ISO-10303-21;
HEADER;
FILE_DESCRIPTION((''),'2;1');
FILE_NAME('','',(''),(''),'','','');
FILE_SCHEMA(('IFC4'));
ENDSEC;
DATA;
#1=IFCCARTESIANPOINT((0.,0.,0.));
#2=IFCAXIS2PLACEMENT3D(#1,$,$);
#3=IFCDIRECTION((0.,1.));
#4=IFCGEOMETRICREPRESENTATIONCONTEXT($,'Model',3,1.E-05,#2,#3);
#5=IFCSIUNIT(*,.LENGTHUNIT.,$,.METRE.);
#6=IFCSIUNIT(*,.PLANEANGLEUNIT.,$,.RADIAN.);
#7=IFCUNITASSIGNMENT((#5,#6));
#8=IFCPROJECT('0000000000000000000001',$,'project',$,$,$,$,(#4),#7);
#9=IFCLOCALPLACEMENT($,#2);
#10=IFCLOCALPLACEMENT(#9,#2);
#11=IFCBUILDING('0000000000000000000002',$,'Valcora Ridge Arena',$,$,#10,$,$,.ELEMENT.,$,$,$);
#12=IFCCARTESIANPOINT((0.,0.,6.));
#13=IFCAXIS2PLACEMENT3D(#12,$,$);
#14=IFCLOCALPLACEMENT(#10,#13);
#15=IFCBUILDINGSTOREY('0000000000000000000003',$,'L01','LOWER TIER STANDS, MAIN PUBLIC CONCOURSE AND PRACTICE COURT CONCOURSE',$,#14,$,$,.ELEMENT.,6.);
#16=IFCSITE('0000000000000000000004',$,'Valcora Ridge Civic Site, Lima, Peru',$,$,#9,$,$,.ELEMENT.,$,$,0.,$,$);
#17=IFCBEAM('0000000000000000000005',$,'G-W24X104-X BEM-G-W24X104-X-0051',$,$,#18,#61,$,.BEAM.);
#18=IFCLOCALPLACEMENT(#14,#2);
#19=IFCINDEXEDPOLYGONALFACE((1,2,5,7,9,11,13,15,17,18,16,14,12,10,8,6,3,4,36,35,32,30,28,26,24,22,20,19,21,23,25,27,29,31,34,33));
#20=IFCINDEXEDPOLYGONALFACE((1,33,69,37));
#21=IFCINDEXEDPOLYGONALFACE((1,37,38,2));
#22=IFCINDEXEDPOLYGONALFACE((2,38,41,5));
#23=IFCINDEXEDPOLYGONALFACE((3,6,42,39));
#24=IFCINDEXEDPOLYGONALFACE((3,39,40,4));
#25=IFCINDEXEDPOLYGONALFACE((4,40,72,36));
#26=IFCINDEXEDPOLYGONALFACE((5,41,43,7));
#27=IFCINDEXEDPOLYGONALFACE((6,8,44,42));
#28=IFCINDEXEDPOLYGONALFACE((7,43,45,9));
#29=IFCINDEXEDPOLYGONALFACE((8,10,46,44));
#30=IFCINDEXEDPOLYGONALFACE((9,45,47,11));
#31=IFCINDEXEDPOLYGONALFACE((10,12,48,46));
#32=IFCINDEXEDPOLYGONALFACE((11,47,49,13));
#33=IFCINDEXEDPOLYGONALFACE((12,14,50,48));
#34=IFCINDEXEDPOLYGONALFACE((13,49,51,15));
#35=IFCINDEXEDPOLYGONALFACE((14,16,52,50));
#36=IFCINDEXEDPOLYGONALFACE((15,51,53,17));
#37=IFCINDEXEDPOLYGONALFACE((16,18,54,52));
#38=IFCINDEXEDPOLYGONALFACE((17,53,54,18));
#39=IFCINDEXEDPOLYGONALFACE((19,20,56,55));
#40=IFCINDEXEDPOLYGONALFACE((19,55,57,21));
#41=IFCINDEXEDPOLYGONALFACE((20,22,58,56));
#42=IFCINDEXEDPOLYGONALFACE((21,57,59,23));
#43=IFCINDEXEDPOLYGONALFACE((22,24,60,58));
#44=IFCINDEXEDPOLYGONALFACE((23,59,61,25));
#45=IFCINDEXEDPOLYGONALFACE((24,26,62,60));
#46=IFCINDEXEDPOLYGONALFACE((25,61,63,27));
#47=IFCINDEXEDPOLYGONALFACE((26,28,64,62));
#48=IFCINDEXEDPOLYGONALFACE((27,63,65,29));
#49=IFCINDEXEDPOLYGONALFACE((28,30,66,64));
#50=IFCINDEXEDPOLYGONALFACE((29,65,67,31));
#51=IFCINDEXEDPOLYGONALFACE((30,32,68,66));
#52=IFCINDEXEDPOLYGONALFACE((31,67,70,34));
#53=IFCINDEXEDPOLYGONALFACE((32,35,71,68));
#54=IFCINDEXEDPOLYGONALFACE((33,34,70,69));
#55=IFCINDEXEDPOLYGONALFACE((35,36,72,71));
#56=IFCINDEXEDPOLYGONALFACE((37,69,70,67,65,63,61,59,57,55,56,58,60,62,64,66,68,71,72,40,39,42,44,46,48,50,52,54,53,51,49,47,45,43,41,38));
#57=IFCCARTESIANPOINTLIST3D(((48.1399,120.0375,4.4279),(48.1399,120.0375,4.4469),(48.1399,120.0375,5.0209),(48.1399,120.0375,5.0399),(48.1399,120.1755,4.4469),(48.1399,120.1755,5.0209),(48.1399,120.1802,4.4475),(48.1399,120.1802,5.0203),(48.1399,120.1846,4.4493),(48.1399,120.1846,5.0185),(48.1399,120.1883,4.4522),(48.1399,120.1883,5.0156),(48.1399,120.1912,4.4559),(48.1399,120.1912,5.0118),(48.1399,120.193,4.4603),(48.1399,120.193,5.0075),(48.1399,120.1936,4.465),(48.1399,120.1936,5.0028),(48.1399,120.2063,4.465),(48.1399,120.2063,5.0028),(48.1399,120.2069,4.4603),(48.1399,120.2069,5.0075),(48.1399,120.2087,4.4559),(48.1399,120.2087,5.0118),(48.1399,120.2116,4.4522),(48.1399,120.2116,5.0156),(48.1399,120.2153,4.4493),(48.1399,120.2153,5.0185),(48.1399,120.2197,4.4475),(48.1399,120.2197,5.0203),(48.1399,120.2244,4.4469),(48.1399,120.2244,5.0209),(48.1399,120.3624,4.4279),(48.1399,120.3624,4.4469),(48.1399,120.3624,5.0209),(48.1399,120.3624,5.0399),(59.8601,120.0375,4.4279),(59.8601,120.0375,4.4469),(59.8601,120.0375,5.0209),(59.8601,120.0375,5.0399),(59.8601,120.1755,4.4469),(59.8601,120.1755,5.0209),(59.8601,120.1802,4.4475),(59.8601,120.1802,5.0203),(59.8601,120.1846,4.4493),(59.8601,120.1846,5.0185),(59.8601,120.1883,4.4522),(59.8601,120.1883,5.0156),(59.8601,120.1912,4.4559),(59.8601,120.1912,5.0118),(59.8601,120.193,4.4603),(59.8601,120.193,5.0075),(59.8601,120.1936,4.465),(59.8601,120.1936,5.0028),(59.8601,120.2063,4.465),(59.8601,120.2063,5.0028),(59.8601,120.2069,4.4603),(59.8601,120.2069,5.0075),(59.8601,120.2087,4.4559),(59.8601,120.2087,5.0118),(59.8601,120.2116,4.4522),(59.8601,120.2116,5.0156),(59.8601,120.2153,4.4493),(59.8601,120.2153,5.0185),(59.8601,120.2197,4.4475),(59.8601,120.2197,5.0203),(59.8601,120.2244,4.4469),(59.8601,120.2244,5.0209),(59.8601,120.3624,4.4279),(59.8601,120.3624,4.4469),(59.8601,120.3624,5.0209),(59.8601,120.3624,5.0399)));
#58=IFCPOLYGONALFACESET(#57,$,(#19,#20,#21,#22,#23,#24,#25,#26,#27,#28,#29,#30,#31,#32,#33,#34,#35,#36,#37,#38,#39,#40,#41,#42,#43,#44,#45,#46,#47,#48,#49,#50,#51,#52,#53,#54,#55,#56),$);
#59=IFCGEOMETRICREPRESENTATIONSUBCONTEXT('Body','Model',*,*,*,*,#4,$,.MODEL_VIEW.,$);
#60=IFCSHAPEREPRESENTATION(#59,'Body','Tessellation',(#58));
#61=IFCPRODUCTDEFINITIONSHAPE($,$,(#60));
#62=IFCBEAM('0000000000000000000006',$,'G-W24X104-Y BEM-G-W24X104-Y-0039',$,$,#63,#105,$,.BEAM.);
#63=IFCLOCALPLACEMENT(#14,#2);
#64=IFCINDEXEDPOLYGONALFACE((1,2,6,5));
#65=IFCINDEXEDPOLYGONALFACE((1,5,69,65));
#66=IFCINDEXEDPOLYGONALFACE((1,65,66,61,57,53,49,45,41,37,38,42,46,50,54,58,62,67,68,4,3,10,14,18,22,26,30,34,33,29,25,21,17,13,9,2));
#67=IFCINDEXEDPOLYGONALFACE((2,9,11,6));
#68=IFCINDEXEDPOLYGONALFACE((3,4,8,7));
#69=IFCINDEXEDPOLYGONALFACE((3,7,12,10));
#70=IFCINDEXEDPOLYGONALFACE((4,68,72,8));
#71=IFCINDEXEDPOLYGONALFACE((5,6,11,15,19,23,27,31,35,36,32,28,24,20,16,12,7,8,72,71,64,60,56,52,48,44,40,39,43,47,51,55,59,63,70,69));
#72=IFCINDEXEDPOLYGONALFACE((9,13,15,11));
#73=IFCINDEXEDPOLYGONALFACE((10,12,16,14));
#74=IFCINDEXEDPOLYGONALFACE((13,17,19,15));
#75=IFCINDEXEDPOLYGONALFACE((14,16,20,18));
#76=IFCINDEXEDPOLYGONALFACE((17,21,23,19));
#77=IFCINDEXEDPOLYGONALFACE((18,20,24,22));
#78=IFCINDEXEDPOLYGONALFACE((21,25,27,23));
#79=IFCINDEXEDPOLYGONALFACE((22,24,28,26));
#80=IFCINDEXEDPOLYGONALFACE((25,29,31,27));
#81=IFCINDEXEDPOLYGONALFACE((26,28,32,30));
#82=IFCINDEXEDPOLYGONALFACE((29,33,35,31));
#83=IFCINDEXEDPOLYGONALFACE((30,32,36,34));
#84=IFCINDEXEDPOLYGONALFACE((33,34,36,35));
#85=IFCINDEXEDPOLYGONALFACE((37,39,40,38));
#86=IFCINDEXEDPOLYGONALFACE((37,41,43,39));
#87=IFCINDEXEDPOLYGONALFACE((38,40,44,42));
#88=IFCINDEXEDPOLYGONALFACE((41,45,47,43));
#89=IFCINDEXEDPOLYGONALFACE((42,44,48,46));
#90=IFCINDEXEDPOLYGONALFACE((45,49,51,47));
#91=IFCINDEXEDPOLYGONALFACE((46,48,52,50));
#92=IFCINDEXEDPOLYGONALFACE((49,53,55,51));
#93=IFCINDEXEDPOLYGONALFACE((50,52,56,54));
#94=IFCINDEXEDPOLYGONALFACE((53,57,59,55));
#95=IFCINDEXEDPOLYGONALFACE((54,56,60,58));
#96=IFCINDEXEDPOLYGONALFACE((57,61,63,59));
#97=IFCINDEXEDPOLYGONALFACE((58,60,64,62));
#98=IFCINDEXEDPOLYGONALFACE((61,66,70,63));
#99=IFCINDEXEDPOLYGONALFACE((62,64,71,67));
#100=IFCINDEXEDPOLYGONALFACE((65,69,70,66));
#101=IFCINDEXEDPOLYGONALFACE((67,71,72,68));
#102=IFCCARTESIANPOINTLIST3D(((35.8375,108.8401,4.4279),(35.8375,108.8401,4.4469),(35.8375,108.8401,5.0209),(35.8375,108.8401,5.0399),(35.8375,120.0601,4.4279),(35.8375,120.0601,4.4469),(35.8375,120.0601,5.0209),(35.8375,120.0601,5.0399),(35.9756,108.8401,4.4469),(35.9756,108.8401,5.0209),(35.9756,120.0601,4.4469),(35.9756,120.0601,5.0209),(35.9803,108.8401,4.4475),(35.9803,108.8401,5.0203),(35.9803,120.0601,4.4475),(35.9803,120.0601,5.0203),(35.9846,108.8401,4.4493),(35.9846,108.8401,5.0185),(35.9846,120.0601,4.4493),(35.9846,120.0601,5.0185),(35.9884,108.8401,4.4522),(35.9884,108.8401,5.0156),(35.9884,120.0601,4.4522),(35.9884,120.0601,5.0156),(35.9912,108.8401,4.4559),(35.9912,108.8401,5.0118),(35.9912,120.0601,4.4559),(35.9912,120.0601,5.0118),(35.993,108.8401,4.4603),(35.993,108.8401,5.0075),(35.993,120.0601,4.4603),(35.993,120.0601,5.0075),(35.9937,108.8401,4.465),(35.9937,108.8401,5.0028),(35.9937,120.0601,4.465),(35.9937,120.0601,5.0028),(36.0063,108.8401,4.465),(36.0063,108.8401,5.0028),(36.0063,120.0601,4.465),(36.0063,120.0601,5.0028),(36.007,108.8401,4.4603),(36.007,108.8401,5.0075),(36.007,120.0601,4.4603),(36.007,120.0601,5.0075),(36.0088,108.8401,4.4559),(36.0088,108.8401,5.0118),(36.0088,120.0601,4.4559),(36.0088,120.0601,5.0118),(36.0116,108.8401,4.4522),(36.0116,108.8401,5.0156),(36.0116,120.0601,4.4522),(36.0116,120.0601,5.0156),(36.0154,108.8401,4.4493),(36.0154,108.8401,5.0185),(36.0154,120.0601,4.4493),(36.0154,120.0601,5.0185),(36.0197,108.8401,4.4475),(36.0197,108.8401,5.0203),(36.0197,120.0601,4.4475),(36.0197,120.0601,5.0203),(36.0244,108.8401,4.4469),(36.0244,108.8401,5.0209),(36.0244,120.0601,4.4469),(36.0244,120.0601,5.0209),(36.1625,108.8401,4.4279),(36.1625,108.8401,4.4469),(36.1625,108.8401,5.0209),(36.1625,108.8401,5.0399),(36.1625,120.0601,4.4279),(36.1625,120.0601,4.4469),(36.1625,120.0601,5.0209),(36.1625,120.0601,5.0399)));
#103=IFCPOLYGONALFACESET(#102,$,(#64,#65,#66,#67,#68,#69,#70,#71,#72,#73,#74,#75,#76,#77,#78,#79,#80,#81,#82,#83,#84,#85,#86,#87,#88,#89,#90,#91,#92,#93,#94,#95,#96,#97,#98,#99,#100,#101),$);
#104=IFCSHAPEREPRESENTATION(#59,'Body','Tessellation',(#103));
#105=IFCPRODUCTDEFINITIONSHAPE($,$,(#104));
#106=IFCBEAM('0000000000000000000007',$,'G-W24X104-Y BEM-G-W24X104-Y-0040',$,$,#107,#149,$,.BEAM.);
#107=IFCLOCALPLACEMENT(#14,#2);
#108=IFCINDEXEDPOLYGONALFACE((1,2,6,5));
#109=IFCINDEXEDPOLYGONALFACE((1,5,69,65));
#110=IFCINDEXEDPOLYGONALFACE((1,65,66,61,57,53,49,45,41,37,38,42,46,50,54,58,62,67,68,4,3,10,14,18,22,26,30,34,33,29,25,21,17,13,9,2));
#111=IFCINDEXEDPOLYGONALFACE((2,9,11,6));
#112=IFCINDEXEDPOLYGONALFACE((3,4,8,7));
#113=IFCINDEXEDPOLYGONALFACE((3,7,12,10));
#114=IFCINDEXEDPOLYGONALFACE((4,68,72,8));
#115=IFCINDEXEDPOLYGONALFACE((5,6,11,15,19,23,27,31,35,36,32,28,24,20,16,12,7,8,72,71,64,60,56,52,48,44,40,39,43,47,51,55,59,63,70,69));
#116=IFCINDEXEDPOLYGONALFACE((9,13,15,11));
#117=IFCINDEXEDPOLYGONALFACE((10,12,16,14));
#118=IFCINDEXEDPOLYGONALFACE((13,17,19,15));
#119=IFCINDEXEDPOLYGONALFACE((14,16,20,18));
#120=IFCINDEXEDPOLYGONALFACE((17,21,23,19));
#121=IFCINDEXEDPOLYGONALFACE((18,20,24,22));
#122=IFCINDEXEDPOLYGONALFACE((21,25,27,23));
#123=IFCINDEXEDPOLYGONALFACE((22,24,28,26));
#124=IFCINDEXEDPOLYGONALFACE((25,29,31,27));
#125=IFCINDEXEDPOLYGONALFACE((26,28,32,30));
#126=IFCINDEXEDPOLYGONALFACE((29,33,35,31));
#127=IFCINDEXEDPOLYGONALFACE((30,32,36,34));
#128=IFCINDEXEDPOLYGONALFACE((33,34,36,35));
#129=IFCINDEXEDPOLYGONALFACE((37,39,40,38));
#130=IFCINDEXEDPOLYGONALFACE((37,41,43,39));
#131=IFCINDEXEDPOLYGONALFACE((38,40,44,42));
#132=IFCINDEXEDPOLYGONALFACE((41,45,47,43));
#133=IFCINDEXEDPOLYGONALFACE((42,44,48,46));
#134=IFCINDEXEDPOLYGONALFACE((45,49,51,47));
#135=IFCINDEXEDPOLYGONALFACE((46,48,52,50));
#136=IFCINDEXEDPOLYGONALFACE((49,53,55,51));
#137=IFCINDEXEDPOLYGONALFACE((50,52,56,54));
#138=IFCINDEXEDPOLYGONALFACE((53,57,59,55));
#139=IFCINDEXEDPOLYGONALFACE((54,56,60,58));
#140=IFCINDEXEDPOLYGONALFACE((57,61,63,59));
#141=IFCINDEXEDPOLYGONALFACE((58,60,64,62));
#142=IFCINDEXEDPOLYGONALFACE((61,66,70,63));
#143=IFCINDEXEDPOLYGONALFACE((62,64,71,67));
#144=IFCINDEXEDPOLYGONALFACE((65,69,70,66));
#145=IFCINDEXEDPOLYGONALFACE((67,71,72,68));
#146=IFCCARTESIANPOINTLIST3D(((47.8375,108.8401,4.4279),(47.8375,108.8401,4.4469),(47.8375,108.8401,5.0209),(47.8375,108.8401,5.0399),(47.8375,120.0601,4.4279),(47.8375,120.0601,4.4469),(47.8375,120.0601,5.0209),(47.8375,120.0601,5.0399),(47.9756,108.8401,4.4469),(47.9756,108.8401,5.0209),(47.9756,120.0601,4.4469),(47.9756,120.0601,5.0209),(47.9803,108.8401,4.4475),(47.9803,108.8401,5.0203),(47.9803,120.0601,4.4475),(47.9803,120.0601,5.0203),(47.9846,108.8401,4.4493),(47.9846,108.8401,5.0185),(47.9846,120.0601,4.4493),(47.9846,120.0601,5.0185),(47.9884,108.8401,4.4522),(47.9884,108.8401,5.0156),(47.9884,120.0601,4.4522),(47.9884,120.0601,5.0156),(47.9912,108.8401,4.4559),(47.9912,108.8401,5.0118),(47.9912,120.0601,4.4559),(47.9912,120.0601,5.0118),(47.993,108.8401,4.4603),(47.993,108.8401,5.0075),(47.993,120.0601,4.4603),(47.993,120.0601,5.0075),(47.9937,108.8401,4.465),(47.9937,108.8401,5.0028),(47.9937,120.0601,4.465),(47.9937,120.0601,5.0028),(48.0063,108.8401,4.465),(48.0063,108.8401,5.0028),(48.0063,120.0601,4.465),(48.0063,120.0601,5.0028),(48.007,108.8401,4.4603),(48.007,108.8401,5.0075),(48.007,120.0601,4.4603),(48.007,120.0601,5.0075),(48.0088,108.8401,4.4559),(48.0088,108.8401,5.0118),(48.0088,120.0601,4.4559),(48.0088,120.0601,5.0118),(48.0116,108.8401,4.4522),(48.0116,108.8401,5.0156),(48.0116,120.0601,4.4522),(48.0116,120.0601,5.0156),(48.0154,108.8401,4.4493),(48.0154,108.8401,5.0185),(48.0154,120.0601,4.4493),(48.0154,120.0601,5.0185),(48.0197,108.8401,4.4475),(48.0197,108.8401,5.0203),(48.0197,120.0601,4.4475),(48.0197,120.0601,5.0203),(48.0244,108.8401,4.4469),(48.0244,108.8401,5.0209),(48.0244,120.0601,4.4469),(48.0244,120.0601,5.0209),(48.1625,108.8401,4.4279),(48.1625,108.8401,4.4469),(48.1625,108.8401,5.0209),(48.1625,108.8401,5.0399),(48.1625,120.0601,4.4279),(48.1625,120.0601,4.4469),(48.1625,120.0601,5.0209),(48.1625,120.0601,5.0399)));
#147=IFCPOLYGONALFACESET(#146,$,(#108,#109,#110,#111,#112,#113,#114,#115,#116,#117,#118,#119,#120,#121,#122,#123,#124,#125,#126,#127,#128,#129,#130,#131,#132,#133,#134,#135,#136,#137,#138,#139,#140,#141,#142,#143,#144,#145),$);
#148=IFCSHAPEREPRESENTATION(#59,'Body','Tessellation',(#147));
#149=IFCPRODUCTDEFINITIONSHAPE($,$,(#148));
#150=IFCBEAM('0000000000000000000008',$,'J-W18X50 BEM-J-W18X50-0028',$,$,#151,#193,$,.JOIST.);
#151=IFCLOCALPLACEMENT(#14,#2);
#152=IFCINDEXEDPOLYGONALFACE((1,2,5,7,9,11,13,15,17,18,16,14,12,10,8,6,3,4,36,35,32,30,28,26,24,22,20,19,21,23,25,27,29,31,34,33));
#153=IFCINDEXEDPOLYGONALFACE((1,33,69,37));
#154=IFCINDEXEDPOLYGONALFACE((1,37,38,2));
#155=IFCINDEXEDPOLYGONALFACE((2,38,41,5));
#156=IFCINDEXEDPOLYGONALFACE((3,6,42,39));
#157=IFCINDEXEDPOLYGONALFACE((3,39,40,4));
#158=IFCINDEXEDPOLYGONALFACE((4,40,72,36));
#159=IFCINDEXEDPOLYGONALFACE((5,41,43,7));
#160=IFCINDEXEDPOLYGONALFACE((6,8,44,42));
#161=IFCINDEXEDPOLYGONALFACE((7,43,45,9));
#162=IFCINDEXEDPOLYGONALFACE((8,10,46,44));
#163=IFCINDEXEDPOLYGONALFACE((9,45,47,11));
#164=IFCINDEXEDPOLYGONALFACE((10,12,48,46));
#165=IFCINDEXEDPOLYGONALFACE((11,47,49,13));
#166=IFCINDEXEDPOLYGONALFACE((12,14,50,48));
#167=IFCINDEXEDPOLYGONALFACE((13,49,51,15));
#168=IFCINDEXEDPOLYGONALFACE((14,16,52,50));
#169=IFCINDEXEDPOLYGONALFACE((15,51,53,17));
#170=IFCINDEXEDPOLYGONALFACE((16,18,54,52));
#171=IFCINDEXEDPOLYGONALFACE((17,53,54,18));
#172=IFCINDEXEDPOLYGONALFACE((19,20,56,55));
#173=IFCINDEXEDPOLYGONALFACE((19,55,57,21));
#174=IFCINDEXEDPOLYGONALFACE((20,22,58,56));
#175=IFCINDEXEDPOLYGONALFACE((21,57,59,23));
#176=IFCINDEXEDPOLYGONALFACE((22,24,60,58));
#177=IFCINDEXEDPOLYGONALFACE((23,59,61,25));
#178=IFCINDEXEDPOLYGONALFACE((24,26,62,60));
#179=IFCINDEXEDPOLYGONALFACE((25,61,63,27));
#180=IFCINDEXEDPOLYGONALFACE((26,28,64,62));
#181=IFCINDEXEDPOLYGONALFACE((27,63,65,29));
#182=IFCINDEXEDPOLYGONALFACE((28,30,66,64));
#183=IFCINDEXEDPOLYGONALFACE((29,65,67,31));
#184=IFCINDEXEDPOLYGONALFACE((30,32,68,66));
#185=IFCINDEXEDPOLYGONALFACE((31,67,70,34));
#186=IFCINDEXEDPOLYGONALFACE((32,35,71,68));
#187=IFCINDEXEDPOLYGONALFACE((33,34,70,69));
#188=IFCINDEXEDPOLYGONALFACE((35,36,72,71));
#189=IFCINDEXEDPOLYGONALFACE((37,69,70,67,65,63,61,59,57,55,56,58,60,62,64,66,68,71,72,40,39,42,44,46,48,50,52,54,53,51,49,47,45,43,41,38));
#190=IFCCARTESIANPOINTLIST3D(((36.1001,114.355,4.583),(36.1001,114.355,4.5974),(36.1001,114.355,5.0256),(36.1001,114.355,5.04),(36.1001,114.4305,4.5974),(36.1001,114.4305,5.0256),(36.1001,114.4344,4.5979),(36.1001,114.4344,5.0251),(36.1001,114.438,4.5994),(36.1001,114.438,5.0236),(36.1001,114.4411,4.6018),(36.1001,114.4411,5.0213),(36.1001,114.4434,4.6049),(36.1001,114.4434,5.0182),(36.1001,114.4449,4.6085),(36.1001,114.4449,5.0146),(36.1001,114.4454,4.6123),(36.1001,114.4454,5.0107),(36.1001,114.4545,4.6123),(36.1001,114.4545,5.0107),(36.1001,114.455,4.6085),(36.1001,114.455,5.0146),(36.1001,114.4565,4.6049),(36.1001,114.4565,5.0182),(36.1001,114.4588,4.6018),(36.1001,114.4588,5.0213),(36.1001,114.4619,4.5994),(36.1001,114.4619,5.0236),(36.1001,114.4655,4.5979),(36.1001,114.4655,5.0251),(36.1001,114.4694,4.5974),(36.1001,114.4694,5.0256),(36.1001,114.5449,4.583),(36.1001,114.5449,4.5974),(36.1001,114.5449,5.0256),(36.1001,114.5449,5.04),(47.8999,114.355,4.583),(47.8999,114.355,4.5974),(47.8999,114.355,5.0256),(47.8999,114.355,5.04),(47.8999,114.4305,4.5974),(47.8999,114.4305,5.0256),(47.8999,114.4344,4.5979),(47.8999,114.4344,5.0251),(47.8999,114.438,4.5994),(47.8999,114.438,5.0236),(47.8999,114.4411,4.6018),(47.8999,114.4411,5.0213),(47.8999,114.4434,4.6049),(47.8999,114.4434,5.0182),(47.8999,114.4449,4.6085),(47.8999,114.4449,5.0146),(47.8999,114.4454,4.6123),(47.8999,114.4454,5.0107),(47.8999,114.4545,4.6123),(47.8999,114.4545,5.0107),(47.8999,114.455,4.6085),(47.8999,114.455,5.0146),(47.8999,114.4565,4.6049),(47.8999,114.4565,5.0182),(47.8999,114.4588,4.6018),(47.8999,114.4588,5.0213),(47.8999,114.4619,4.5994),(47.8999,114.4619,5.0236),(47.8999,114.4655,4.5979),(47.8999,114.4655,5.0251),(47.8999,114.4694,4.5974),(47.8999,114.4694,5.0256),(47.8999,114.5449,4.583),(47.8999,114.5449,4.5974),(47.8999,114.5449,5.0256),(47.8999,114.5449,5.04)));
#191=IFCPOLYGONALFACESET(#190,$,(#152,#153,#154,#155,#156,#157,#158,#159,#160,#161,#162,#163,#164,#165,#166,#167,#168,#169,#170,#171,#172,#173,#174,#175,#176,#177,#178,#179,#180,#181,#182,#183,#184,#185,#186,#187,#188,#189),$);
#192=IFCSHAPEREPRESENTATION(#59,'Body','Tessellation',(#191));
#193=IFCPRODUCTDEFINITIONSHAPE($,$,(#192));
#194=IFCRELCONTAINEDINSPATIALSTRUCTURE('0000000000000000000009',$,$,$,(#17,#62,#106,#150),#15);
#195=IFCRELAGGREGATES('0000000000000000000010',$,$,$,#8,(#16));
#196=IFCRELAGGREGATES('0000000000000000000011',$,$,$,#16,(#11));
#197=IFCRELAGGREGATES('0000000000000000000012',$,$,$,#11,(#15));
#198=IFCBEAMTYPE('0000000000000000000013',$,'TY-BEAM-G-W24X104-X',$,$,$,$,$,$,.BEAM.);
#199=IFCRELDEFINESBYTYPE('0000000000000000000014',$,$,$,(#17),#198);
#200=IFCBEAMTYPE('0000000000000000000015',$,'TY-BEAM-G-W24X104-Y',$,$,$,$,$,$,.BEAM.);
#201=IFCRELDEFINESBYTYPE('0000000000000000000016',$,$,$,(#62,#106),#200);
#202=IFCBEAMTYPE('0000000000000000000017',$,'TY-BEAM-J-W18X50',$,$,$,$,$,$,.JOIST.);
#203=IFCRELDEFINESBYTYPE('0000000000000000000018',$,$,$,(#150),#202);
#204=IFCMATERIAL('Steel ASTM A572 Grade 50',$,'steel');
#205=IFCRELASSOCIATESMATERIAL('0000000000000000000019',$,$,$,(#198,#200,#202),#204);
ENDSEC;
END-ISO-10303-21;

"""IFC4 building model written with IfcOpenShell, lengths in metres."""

from ifc_helpers import new_model, si_unit, direction, frame, origin, origin_2d, place, context, subcontext, project, spatial, i_section, extrude, material, material_profile, profile_set, type_object, element, save


model = new_model("IFC4")

# Units and contexts
model_context = context("Model", 3, precision=1e-05, world=origin(), true_north=direction((0.0, 1.0)))
body_context = subcontext(model_context, "Body", "Model", "MODEL_VIEW")
ifc_project = project(units=[si_unit("LENGTHUNIT", "METRE"), si_unit("PLANEANGLEUNIT", "RADIAN")], contexts=[model_context])

# Site, building, storey
site_placement = place(None, origin())
site = spatial("IfcSite", under=ifc_project, at=site_placement, Name="Valcora Ridge Civic Site, Lima, Peru", CompositionType="ELEMENT", RefElevation=0.0)
building_placement = place(site_placement, origin())
building = spatial("IfcBuilding", under=site, at=building_placement, Name="Valcora Ridge Arena", CompositionType="ELEMENT")
storey_placement = place(building_placement, frame((0.0, 0.0, 6.0)))
storey = spatial("IfcBuildingStorey", under=building, at=storey_placement, Name="L01", Description="LOWER TIER STANDS, MAIN PUBLIC CONCOURSE AND PRACTICE COURT CONCOURSE", CompositionType="ELEMENT", Elevation=6.0)

# Beams
ifc_material_1 = material(Name="Steel ASTM A572 Grade 50", Category="steel")
ifc_material_profile_1 = material_profile(ifc_material_1, i_section(OverallWidth=0.325, OverallDepth=0.6121, WebThickness=0.0127, FlangeThickness=0.019, FilletRadius=0.0181, at=origin_2d()), Name="W24X104")
ifc_profile_set_1 = profile_set([ifc_material_profile_1], Name="Steel ASTM A572 Grade 50")
beam_type_1 = type_object("IfcBeamType", Name="TY-BEAM-G-W24X104-X", PredefinedType="BEAM", material=ifc_profile_set_1)
for number, where, z_axis, x_axis, name in (
    (1, (48.1399, 120.2, 4.7339), (1.0, 0.0, 0.0), (0.0, 1.0, 0.0), "G-W24X104-X BEM-G-W24X104-X-0051"),
):
    element("IfcBeam", number, at=place(storey_placement, frame(where, z_axis=z_axis, x_axis=x_axis)), inside=storey, type_object=beam_type_1, Name=name, PredefinedType="BEAM", context=body_context, shape_type="SweptSolid", body=[
        extrude(i_section(OverallWidth=0.325, OverallDepth=0.6121, WebThickness=0.0127, FlangeThickness=0.019, FilletRadius=0.0181, at=origin_2d()), origin(), (0.0, 0.0, 1.0), 11.7202),
    ])
ifc_material_profile_2 = material_profile(ifc_material_1, i_section(OverallWidth=0.325, OverallDepth=0.6121, WebThickness=0.0127, FlangeThickness=0.019, FilletRadius=0.0181, at=origin_2d()), Name="W24X104")
ifc_profile_set_2 = profile_set([ifc_material_profile_2], Name="Steel ASTM A572 Grade 50")
beam_type_2 = type_object("IfcBeamType", Name="TY-BEAM-G-W24X104-Y", PredefinedType="BEAM", material=ifc_profile_set_2)
for number, where, z_axis, x_axis, name in (
    (2, (36.0, 108.8401, 4.7339), (0.0, 1.0, 0.0), (-1.0, 0.0, 0.0), "G-W24X104-Y BEM-G-W24X104-Y-0039"),
    (3, (48.0, 108.8401, 4.7339), (0.0, 1.0, 0.0), (-1.0, 0.0, 0.0), "G-W24X104-Y BEM-G-W24X104-Y-0040"),
):
    element("IfcBeam", number, at=place(storey_placement, frame(where, z_axis=z_axis, x_axis=x_axis)), inside=storey, type_object=beam_type_2, Name=name, PredefinedType="BEAM", context=body_context, shape_type="SweptSolid", body=[
        extrude(i_section(OverallWidth=0.325, OverallDepth=0.6121, WebThickness=0.0127, FlangeThickness=0.019, FilletRadius=0.0181, at=origin_2d()), origin(), (0.0, 0.0, 1.0), 11.22),
    ])
ifc_material_profile_3 = material_profile(ifc_material_1, i_section(OverallWidth=0.1899, OverallDepth=0.457, WebThickness=0.009, FlangeThickness=0.0144, FilletRadius=0.0149, at=origin_2d()), Name="W18X50")
ifc_profile_set_3 = profile_set([ifc_material_profile_3], Name="Steel ASTM A572 Grade 50")
beam_type_3 = type_object("IfcBeamType", Name="TY-BEAM-J-W18X50", PredefinedType="JOIST", material=ifc_profile_set_3)
for number, where, z_axis, x_axis, name in (
    (4, (36.1001, 114.45, 4.8115), (1.0, 0.0, 0.0), (0.0, 1.0, 0.0), "J-W18X50 BEM-J-W18X50-0028"),
):
    element("IfcBeam", number, at=place(storey_placement, frame(where, z_axis=z_axis, x_axis=x_axis)), inside=storey, type_object=beam_type_3, Name=name, PredefinedType="JOIST", context=body_context, shape_type="SweptSolid", body=[
        extrude(i_section(OverallWidth=0.1899, OverallDepth=0.457, WebThickness=0.009, FlangeThickness=0.0144, FilletRadius=0.0149, at=origin_2d()), origin(), (0.0, 0.0, 1.0), 11.7998),
    ])

save(model, "model.ifc")
